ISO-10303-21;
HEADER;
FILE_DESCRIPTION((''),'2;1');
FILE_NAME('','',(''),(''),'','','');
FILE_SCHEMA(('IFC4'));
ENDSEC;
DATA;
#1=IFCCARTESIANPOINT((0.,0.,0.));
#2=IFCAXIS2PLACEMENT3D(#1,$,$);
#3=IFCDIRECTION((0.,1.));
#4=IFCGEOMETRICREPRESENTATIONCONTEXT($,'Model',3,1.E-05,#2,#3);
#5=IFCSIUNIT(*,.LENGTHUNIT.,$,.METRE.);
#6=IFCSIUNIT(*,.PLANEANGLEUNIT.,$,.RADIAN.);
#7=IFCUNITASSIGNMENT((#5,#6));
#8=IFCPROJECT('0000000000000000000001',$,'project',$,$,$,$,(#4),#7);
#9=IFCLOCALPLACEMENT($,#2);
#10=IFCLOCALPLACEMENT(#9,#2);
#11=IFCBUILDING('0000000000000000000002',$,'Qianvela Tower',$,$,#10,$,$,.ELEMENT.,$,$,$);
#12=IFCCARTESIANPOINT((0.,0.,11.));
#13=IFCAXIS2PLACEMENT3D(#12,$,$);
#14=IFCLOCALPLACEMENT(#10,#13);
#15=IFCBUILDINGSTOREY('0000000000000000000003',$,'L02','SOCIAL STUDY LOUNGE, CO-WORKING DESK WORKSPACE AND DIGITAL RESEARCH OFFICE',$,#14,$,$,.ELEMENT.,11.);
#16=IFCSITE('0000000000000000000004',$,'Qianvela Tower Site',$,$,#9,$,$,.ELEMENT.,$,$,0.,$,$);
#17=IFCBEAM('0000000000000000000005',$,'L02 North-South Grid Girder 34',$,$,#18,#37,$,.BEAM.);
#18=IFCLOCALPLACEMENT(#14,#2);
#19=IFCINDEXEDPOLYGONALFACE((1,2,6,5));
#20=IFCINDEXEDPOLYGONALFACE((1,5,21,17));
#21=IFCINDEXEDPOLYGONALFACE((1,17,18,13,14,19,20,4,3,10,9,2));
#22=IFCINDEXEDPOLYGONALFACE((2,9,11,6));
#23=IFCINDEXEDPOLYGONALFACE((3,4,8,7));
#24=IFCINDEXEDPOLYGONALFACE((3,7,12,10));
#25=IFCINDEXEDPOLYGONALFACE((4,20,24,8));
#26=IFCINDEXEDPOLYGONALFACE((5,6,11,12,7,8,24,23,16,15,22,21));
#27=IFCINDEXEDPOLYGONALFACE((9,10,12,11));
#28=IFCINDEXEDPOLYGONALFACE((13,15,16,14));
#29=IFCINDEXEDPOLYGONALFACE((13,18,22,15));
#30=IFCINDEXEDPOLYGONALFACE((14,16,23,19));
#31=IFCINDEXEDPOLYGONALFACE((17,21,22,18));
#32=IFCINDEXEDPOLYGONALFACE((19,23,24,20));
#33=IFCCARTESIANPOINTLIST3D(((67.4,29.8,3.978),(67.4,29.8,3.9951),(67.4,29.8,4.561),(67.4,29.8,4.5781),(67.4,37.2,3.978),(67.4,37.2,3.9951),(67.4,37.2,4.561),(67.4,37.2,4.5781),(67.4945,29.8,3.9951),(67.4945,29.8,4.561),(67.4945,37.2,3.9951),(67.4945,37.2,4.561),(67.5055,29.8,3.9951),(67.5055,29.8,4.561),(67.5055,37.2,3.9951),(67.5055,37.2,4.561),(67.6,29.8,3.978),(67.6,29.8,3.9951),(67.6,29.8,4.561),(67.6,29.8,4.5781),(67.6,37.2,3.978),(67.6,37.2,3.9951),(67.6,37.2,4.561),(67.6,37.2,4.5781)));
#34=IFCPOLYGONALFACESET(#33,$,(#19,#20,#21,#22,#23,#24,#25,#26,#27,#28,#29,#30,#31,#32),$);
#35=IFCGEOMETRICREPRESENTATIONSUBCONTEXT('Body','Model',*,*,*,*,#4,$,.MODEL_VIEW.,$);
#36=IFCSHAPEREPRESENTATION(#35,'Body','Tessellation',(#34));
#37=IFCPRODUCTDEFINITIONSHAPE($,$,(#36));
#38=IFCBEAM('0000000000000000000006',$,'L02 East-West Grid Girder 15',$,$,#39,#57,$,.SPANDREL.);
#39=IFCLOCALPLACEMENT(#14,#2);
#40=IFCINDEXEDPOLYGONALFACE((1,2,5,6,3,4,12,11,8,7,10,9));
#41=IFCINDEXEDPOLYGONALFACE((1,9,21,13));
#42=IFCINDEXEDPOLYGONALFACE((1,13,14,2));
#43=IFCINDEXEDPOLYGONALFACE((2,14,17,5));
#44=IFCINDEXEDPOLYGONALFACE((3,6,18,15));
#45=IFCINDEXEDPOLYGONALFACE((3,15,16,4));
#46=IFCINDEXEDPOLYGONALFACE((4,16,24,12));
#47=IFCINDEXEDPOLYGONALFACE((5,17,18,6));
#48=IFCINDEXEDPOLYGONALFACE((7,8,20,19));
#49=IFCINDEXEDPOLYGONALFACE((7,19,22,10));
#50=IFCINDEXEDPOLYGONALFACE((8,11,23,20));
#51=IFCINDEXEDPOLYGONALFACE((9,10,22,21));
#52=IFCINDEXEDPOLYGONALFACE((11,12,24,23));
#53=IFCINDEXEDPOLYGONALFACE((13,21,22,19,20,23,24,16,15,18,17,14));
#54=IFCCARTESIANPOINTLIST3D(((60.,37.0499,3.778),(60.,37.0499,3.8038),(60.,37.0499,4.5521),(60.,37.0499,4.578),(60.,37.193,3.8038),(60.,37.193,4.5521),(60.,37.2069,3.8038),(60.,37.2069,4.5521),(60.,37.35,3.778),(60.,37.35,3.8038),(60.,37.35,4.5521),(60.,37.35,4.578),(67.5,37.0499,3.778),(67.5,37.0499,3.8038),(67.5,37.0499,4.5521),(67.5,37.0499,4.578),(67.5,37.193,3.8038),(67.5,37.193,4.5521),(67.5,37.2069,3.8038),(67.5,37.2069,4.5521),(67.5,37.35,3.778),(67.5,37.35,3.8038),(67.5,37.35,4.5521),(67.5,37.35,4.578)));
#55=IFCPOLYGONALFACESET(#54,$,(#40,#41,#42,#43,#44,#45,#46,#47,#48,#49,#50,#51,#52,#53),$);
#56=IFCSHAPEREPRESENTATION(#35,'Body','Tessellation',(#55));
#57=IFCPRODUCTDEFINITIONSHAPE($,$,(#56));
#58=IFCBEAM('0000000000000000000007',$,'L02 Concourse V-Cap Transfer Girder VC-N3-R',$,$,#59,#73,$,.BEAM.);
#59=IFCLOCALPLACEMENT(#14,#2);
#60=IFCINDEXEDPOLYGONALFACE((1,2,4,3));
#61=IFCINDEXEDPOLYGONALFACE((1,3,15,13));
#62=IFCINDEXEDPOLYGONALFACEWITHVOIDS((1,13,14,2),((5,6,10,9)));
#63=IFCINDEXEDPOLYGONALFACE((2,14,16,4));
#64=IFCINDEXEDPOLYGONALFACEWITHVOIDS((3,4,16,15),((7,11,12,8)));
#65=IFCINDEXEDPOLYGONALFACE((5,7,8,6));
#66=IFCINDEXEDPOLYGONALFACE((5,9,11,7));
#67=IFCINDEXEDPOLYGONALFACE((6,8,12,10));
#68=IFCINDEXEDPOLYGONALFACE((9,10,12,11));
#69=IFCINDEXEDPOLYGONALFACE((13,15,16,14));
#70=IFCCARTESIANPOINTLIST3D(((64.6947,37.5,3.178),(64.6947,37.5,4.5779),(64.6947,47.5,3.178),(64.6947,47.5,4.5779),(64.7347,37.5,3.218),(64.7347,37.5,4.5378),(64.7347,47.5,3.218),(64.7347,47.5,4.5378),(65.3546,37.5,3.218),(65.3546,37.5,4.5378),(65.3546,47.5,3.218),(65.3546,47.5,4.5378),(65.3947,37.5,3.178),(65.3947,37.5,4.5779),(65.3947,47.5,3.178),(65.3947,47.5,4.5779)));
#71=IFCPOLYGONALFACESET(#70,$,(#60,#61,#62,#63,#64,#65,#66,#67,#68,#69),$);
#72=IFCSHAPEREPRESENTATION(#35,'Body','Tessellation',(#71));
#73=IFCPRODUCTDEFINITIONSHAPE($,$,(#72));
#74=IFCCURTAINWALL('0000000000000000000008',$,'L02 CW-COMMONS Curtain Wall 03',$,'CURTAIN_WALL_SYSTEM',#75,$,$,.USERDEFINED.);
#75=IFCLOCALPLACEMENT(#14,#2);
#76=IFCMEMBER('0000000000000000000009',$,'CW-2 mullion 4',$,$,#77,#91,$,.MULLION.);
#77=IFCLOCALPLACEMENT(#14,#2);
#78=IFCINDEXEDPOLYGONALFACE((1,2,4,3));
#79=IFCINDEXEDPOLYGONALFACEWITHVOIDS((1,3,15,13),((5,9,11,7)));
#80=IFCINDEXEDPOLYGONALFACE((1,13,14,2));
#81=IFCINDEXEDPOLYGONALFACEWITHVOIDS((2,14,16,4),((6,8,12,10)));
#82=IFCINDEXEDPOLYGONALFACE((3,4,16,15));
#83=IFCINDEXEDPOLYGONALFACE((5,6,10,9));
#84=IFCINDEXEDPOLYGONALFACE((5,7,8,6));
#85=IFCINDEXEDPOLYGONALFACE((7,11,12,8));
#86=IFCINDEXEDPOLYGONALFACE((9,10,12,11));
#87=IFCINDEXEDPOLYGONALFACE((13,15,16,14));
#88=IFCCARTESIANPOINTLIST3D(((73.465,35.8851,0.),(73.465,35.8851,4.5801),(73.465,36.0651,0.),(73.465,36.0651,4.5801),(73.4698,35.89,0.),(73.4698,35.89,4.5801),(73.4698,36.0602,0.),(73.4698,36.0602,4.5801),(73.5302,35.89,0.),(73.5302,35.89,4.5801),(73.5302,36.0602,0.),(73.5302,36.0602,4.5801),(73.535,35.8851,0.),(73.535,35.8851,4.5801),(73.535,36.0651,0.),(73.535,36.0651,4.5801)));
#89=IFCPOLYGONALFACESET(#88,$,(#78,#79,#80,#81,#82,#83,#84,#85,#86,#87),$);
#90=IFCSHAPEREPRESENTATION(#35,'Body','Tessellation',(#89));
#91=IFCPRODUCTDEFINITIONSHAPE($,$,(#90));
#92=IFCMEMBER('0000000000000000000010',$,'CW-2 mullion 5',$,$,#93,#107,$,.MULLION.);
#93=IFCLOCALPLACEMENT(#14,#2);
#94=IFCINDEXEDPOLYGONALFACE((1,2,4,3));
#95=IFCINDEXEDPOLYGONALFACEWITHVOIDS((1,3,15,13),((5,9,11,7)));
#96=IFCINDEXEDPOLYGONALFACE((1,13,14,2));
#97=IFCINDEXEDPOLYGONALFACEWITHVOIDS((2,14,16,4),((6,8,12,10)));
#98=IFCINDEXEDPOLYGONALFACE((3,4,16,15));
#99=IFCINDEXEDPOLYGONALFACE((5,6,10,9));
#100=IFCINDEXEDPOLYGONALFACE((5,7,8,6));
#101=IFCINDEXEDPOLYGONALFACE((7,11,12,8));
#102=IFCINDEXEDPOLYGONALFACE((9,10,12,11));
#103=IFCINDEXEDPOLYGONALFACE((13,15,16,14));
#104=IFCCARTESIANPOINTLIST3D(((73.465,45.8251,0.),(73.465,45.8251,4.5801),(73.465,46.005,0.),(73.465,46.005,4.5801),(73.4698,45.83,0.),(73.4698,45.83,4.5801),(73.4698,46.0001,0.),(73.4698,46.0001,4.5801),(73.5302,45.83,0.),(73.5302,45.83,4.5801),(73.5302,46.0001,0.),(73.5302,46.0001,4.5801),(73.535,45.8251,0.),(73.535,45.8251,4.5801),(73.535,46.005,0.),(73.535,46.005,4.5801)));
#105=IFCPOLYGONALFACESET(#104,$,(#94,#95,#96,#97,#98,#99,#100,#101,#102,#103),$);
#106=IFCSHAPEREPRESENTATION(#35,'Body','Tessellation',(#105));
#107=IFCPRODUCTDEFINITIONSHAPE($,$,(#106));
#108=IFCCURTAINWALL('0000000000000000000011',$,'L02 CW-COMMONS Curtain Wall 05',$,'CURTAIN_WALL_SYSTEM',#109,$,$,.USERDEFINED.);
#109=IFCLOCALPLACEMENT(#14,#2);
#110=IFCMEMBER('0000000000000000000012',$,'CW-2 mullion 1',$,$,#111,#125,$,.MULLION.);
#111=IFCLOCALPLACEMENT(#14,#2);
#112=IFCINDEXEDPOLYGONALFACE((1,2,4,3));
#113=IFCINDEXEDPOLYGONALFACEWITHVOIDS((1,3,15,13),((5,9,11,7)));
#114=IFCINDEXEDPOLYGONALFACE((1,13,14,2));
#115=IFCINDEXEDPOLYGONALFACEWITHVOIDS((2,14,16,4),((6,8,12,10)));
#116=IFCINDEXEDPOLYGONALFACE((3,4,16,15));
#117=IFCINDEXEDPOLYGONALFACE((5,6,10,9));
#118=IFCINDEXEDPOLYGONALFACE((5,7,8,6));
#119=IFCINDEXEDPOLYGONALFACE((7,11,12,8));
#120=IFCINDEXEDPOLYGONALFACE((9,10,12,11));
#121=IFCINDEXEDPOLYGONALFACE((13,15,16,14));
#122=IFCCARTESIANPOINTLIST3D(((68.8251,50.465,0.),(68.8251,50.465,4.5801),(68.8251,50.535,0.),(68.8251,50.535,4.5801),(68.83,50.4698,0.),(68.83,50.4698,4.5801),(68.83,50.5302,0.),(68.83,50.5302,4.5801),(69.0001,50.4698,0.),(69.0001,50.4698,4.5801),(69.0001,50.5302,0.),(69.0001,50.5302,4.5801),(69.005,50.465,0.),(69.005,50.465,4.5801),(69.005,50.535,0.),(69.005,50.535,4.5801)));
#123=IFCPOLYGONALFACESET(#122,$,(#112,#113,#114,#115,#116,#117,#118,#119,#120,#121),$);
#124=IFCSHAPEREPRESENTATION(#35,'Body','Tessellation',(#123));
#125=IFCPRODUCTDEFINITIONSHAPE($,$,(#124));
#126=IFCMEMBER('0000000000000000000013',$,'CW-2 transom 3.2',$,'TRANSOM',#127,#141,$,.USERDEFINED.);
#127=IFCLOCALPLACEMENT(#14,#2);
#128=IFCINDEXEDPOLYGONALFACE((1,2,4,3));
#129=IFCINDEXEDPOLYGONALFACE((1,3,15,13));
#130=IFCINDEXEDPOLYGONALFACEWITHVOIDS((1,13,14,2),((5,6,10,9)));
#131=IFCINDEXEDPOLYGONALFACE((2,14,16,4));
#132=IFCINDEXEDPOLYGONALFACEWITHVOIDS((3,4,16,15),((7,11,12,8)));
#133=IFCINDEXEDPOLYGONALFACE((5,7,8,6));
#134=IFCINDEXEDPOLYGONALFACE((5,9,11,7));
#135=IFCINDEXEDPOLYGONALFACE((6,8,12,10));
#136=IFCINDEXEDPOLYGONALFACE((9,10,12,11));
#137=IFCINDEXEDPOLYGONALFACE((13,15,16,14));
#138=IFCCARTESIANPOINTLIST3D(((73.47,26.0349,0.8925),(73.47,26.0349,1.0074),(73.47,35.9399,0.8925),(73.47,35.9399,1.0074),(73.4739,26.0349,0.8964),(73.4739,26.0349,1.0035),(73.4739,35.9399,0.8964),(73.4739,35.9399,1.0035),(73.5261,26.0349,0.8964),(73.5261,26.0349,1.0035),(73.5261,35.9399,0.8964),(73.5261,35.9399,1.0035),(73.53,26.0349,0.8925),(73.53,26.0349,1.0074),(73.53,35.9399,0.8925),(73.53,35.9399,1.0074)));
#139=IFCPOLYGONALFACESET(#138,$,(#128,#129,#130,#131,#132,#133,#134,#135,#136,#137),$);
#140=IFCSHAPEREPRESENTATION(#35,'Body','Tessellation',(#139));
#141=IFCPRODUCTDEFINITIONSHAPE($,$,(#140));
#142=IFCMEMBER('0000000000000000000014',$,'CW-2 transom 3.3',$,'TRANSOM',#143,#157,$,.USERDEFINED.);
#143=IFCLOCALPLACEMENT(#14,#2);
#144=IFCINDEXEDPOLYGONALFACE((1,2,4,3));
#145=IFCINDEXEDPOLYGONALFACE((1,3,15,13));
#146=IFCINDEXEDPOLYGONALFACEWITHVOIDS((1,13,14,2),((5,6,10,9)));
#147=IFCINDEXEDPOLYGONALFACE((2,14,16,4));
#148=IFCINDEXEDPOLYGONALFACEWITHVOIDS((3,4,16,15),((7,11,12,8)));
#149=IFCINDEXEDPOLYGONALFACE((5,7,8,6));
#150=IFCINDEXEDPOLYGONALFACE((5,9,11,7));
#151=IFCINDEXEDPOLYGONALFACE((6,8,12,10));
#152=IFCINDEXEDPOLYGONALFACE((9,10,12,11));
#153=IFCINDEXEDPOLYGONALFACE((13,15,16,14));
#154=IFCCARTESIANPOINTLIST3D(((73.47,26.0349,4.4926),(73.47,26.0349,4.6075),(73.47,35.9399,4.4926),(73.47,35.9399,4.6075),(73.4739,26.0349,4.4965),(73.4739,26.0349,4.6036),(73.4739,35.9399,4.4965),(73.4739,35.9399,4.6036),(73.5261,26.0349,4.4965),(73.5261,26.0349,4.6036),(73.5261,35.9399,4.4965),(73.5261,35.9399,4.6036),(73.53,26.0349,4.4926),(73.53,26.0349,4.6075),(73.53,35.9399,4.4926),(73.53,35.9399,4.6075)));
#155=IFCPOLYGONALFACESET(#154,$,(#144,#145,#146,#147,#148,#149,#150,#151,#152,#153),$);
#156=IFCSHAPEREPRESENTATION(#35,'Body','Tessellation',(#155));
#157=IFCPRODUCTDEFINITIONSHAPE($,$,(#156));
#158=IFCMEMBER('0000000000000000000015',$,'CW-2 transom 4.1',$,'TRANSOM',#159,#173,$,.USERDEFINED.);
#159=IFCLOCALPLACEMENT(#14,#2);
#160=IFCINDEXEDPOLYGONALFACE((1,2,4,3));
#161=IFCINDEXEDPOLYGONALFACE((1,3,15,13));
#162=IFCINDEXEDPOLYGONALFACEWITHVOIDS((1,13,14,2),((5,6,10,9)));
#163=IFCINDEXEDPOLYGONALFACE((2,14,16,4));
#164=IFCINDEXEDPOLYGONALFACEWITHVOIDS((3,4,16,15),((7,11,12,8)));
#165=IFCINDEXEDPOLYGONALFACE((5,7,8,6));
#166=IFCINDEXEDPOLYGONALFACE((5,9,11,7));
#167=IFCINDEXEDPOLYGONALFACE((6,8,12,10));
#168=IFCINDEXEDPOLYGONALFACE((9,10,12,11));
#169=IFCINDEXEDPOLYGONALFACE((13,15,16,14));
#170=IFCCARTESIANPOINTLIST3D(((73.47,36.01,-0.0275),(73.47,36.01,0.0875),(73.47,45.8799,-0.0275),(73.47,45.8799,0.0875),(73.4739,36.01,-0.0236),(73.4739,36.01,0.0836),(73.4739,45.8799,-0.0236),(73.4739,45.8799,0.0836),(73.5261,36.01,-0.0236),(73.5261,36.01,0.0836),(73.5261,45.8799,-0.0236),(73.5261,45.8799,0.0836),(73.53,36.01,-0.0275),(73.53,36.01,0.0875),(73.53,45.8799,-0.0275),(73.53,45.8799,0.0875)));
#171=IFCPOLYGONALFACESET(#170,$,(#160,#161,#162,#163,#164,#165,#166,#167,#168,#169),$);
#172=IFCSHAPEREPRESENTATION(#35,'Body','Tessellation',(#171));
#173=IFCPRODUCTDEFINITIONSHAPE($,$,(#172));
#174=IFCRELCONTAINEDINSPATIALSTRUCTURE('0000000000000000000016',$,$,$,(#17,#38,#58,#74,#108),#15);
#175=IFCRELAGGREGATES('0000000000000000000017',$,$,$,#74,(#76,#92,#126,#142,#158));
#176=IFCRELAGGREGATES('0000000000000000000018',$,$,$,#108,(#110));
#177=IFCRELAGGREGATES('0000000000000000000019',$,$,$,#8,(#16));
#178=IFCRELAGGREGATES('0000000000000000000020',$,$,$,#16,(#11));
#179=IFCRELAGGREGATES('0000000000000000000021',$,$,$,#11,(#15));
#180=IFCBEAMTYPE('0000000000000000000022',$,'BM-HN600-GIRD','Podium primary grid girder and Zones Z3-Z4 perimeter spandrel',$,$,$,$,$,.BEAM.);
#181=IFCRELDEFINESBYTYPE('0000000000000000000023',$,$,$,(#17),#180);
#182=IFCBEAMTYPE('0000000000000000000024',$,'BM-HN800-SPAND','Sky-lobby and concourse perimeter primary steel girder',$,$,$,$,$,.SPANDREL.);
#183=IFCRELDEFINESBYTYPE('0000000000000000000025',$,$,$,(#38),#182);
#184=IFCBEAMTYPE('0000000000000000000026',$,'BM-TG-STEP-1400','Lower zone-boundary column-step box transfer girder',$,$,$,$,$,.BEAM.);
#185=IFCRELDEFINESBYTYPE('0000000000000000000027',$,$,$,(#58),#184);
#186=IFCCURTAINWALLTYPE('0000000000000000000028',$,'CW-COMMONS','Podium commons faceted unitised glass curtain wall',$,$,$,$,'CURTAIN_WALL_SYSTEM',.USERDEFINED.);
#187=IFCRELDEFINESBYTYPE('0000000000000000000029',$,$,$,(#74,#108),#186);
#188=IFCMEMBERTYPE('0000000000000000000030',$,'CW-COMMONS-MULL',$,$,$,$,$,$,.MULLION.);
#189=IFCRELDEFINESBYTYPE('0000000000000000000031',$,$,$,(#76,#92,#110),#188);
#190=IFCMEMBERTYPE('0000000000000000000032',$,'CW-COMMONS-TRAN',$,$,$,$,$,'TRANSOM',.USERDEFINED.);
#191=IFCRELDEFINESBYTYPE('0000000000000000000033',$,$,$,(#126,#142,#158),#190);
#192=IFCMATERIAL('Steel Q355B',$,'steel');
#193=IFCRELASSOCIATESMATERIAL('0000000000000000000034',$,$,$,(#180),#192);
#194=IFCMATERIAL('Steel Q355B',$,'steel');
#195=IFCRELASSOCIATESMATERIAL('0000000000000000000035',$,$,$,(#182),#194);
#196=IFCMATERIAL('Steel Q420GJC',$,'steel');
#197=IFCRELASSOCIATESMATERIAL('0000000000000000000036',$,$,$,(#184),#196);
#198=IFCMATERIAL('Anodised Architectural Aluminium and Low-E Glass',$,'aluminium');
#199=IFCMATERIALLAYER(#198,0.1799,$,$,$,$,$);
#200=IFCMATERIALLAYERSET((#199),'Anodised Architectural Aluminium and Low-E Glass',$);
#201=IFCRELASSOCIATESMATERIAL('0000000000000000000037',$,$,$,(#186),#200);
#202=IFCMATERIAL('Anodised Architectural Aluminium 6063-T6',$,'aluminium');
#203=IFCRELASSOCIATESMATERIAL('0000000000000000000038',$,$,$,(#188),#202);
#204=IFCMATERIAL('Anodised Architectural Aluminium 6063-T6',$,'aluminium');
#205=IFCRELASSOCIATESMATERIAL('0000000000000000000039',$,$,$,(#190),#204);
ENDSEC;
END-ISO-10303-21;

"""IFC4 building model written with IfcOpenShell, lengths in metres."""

from ifc_helpers import new_model, si_unit, direction, frame, origin, origin_2d, place, context, subcontext, project, spatial, hollow_rectangle, i_section, extrude, material, layer, layer_set, material_profile, profile_set, type_object, element, aggregate, save


model = new_model("IFC4")

# Units and contexts
model_context = context("Model", 3, precision=1e-05, world=origin(), true_north=direction((0.0, 1.0)))
body_context = subcontext(model_context, "Body", "Model", "MODEL_VIEW")
ifc_project = project(units=[si_unit("LENGTHUNIT", "METRE"), si_unit("PLANEANGLEUNIT", "RADIAN")], contexts=[model_context])

# Site, building, storey
site_placement = place(None, origin())
site = spatial("IfcSite", under=ifc_project, at=site_placement, Name="Qianvela Tower Site", CompositionType="ELEMENT", RefElevation=0.0)
building_placement = place(site_placement, origin())
building = spatial("IfcBuilding", under=site, at=building_placement, Name="Qianvela Tower", CompositionType="ELEMENT")
storey_placement = place(building_placement, frame((0.0, 0.0, 11.0)))
storey = spatial("IfcBuildingStorey", under=building, at=storey_placement, Name="L02", Description="SOCIAL STUDY LOUNGE, CO-WORKING DESK WORKSPACE AND DIGITAL RESEARCH OFFICE", CompositionType="ELEMENT", Elevation=11.0)

# Beams
ifc_material_1 = material(Name="Steel Q355B", Category="steel")
ifc_material_profile_1 = material_profile(ifc_material_1, i_section(OverallWidth=0.2, OverallDepth=0.6001, WebThickness=0.011, FlangeThickness=0.0171, at=origin_2d()), Name="HN600x200x11x17")
ifc_profile_set_1 = profile_set([ifc_material_profile_1], Name="Steel Q355B")
beam_type_1 = type_object("IfcBeamType", Name="BM-HN600-GIRD", Description="Podium primary grid girder and Zones Z3-Z4 perimeter spandrel", PredefinedType="BEAM", material=ifc_profile_set_1)
beam_1_placement = place(storey_placement, frame((67.5, 29.8, 4.2781), z_axis=(0.0, 1.0, 0.0), x_axis=(-1.0, 0.0, 0.0)))
element("IfcBeam", 1, at=beam_1_placement, inside=storey, type_object=beam_type_1, Name="L02 North-South Grid Girder 34", PredefinedType="BEAM", context=body_context, shape_type="SweptSolid", body=[
    extrude(i_section(OverallWidth=0.2, OverallDepth=0.6001, WebThickness=0.011, FlangeThickness=0.0171, at=origin_2d()), origin(), (0.0, 0.0, 1.0), 7.3999),
])
ifc_material_2 = material(Name="Steel Q355B", Category="steel")
ifc_material_profile_2 = material_profile(ifc_material_2, i_section(OverallWidth=0.3, OverallDepth=0.8, WebThickness=0.0139, FlangeThickness=0.0259, at=origin_2d()), Name="HN800x300x14x26")
ifc_profile_set_2 = profile_set([ifc_material_profile_2], Name="Steel Q355B")
beam_type_2 = type_object("IfcBeamType", Name="BM-HN800-SPAND", Description="Sky-lobby and concourse perimeter primary steel girder", PredefinedType="SPANDREL", material=ifc_profile_set_2)
beam_2_placement = place(storey_placement, frame((60.0, 37.2, 4.178), z_axis=(1.0, 0.0, 0.0), x_axis=(0.0, 1.0, 0.0)))
element("IfcBeam", 2, at=beam_2_placement, inside=storey, type_object=beam_type_2, Name="L02 East-West Grid Girder 15", PredefinedType="SPANDREL", context=body_context, shape_type="SweptSolid", body=[
    extrude(i_section(OverallWidth=0.3, OverallDepth=0.8, WebThickness=0.0139, FlangeThickness=0.0259, at=origin_2d()), origin(), (0.0, 0.0, 1.0), 7.5),
])
ifc_material_3 = material(Name="Steel Q420GJC", Category="steel")
ifc_material_profile_3 = material_profile(ifc_material_3, hollow_rectangle(XDim=0.7, YDim=1.3999, WallThickness=0.04, at=origin_2d()), Name="TG-BOX-1400x700x40")
ifc_profile_set_3 = profile_set([ifc_material_profile_3], Name="Steel Q420GJC")
beam_type_3 = type_object("IfcBeamType", Name="BM-TG-STEP-1400", Description="Lower zone-boundary column-step box transfer girder", PredefinedType="BEAM", material=ifc_profile_set_3)
beam_3_placement = place(storey_placement, frame((65.0447, 37.5, 3.8779), z_axis=(0.0, 1.0, 0.0), x_axis=(-1.0, 0.0, 0.0)))
element("IfcBeam", 3, at=beam_3_placement, inside=storey, type_object=beam_type_3, Name="L02 Concourse V-Cap Transfer Girder VC-N3-R", PredefinedType="BEAM", context=body_context, shape_type="SweptSolid", body=[
    extrude(hollow_rectangle(XDim=0.7, YDim=1.3999, WallThickness=0.04, at=origin_2d()), origin(), (0.0, 0.0, 1.0), 10.0),
])

# Curtain wall, members
ifc_material_4 = material(Name="Anodised Architectural Aluminium and Low-E Glass", Category="aluminium")
ifc_layer_1 = layer(ifc_material_4, 0.1799)
ifc_layer_set_1 = layer_set([ifc_layer_1], Name="Anodised Architectural Aluminium and Low-E Glass")
curtain_wall_type = type_object("IfcCurtainWallType", Name="CW-COMMONS", Description="Podium commons faceted unitised glass curtain wall", ElementType="CURTAIN_WALL_SYSTEM", PredefinedType="USERDEFINED", material=ifc_layer_set_1)
curtain_wall_1_placement = place(storey_placement, origin())
curtain_wall_1 = element("IfcCurtainWall", 4, at=curtain_wall_1_placement, inside=storey, type_object=curtain_wall_type, Name="L02 CW-COMMONS Curtain Wall 03", ObjectType="CURTAIN_WALL_SYSTEM", PredefinedType="USERDEFINED")
ifc_material_5 = material(Name="Anodised Architectural Aluminium 6063-T6", Category="aluminium")
ifc_material_profile_4 = material_profile(ifc_material_5, hollow_rectangle(XDim=0.0701, YDim=0.1799, WallThickness=0.0049, at=origin_2d()), Name="ALU-MULL-70x180")
ifc_profile_set_4 = profile_set([ifc_material_profile_4], Name="Anodised Architectural Aluminium 6063-T6")
member_type_1 = type_object("IfcMemberType", Name="CW-COMMONS-MULL", PredefinedType="MULLION", material=ifc_profile_set_4)
member_1_placement = place(storey_placement, frame((73.5, 35.9751, 0.0), z_axis=(0.0, 0.0, 1.0), x_axis=(-1.0, 0.0, 0.0)))
member_1 = element("IfcMember", 5, at=member_1_placement, type_object=member_type_1, Name="CW-2 mullion 4", PredefinedType="MULLION", context=body_context, shape_type="SweptSolid", body=[
    extrude(hollow_rectangle(XDim=0.0701, YDim=0.1799, WallThickness=0.0049, at=origin_2d()), origin(), (0.0, 0.0, 1.0), 4.5801),
])
member_2_placement = place(storey_placement, frame((73.5, 45.915, 0.0), z_axis=(0.0, 0.0, 1.0), x_axis=(-1.0, 0.0, 0.0)))
member_2 = element("IfcMember", 6, at=member_2_placement, type_object=member_type_1, Name="CW-2 mullion 5", PredefinedType="MULLION", context=body_context, shape_type="SweptSolid", body=[
    extrude(hollow_rectangle(XDim=0.0701, YDim=0.1799, WallThickness=0.0049, at=origin_2d()), origin(), (0.0, 0.0, 1.0), 4.5801),
])

# Curtain wall, member
curtain_wall_2_placement = place(storey_placement, origin())
curtain_wall_2 = element("IfcCurtainWall", 7, at=curtain_wall_2_placement, inside=storey, type_object=curtain_wall_type, Name="L02 CW-COMMONS Curtain Wall 05", ObjectType="CURTAIN_WALL_SYSTEM", PredefinedType="USERDEFINED")
member_3_placement = place(storey_placement, frame((68.915, 50.5, 0.0), z_axis=(0.0, 0.0, 1.0), x_axis=(0.0, -1.0, 0.0)))
member_3 = element("IfcMember", 8, at=member_3_placement, type_object=member_type_1, Name="CW-2 mullion 1", PredefinedType="MULLION", context=body_context, shape_type="SweptSolid", body=[
    extrude(hollow_rectangle(XDim=0.0701, YDim=0.1799, WallThickness=0.0049, at=origin_2d()), origin(), (0.0, 0.0, 1.0), 4.5801),
])

# Members
ifc_material_6 = material(Name="Anodised Architectural Aluminium 6063-T6", Category="aluminium")
ifc_material_profile_5 = material_profile(ifc_material_6, hollow_rectangle(XDim=0.0601, YDim=0.115, WallThickness=0.0039, at=origin_2d()), Name="ALU-TRAN-60x115")
ifc_profile_set_5 = profile_set([ifc_material_profile_5], Name="Anodised Architectural Aluminium 6063-T6")
member_type_2 = type_object("IfcMemberType", Name="CW-COMMONS-TRAN", ElementType="TRANSOM", PredefinedType="USERDEFINED", material=ifc_profile_set_5)
member_4_placement = place(storey_placement, frame((73.5, 26.0349, 0.95), z_axis=(0.0, 1.0, 0.0), x_axis=(-1.0, 0.0, 0.0)))
member_4 = element("IfcMember", 9, at=member_4_placement, type_object=member_type_2, Name="CW-2 transom 3.2", ObjectType="TRANSOM", PredefinedType="USERDEFINED", context=body_context, shape_type="SweptSolid", body=[
    extrude(hollow_rectangle(XDim=0.0601, YDim=0.115, WallThickness=0.0039, at=origin_2d()), origin(), (0.0, 0.0, 1.0), 9.905),
])
member_5_placement = place(storey_placement, frame((73.5, 26.0349, 4.55), z_axis=(0.0, 1.0, 0.0), x_axis=(-1.0, 0.0, 0.0)))
member_5 = element("IfcMember", 10, at=member_5_placement, type_object=member_type_2, Name="CW-2 transom 3.3", ObjectType="TRANSOM", PredefinedType="USERDEFINED", context=body_context, shape_type="SweptSolid", body=[
    extrude(hollow_rectangle(XDim=0.0601, YDim=0.115, WallThickness=0.0039, at=origin_2d()), origin(), (0.0, 0.0, 1.0), 9.905),
])
member_6_placement = place(storey_placement, frame((73.5, 36.01, 0.03), z_axis=(0.0, 1.0, 0.0), x_axis=(-1.0, 0.0, 0.0)))
member_6 = element("IfcMember", 11, at=member_6_placement, type_object=member_type_2, Name="CW-2 transom 4.1", ObjectType="TRANSOM", PredefinedType="USERDEFINED", context=body_context, shape_type="SweptSolid", body=[
    extrude(hollow_rectangle(XDim=0.0601, YDim=0.115, WallThickness=0.0039, at=origin_2d()), origin(), (0.0, 0.0, 1.0), 9.8699),
])

aggregate(curtain_wall_1, [member_1, member_2, member_4, member_5, member_6])
aggregate(curtain_wall_2, [member_3])

save(model, "model.ifc")
